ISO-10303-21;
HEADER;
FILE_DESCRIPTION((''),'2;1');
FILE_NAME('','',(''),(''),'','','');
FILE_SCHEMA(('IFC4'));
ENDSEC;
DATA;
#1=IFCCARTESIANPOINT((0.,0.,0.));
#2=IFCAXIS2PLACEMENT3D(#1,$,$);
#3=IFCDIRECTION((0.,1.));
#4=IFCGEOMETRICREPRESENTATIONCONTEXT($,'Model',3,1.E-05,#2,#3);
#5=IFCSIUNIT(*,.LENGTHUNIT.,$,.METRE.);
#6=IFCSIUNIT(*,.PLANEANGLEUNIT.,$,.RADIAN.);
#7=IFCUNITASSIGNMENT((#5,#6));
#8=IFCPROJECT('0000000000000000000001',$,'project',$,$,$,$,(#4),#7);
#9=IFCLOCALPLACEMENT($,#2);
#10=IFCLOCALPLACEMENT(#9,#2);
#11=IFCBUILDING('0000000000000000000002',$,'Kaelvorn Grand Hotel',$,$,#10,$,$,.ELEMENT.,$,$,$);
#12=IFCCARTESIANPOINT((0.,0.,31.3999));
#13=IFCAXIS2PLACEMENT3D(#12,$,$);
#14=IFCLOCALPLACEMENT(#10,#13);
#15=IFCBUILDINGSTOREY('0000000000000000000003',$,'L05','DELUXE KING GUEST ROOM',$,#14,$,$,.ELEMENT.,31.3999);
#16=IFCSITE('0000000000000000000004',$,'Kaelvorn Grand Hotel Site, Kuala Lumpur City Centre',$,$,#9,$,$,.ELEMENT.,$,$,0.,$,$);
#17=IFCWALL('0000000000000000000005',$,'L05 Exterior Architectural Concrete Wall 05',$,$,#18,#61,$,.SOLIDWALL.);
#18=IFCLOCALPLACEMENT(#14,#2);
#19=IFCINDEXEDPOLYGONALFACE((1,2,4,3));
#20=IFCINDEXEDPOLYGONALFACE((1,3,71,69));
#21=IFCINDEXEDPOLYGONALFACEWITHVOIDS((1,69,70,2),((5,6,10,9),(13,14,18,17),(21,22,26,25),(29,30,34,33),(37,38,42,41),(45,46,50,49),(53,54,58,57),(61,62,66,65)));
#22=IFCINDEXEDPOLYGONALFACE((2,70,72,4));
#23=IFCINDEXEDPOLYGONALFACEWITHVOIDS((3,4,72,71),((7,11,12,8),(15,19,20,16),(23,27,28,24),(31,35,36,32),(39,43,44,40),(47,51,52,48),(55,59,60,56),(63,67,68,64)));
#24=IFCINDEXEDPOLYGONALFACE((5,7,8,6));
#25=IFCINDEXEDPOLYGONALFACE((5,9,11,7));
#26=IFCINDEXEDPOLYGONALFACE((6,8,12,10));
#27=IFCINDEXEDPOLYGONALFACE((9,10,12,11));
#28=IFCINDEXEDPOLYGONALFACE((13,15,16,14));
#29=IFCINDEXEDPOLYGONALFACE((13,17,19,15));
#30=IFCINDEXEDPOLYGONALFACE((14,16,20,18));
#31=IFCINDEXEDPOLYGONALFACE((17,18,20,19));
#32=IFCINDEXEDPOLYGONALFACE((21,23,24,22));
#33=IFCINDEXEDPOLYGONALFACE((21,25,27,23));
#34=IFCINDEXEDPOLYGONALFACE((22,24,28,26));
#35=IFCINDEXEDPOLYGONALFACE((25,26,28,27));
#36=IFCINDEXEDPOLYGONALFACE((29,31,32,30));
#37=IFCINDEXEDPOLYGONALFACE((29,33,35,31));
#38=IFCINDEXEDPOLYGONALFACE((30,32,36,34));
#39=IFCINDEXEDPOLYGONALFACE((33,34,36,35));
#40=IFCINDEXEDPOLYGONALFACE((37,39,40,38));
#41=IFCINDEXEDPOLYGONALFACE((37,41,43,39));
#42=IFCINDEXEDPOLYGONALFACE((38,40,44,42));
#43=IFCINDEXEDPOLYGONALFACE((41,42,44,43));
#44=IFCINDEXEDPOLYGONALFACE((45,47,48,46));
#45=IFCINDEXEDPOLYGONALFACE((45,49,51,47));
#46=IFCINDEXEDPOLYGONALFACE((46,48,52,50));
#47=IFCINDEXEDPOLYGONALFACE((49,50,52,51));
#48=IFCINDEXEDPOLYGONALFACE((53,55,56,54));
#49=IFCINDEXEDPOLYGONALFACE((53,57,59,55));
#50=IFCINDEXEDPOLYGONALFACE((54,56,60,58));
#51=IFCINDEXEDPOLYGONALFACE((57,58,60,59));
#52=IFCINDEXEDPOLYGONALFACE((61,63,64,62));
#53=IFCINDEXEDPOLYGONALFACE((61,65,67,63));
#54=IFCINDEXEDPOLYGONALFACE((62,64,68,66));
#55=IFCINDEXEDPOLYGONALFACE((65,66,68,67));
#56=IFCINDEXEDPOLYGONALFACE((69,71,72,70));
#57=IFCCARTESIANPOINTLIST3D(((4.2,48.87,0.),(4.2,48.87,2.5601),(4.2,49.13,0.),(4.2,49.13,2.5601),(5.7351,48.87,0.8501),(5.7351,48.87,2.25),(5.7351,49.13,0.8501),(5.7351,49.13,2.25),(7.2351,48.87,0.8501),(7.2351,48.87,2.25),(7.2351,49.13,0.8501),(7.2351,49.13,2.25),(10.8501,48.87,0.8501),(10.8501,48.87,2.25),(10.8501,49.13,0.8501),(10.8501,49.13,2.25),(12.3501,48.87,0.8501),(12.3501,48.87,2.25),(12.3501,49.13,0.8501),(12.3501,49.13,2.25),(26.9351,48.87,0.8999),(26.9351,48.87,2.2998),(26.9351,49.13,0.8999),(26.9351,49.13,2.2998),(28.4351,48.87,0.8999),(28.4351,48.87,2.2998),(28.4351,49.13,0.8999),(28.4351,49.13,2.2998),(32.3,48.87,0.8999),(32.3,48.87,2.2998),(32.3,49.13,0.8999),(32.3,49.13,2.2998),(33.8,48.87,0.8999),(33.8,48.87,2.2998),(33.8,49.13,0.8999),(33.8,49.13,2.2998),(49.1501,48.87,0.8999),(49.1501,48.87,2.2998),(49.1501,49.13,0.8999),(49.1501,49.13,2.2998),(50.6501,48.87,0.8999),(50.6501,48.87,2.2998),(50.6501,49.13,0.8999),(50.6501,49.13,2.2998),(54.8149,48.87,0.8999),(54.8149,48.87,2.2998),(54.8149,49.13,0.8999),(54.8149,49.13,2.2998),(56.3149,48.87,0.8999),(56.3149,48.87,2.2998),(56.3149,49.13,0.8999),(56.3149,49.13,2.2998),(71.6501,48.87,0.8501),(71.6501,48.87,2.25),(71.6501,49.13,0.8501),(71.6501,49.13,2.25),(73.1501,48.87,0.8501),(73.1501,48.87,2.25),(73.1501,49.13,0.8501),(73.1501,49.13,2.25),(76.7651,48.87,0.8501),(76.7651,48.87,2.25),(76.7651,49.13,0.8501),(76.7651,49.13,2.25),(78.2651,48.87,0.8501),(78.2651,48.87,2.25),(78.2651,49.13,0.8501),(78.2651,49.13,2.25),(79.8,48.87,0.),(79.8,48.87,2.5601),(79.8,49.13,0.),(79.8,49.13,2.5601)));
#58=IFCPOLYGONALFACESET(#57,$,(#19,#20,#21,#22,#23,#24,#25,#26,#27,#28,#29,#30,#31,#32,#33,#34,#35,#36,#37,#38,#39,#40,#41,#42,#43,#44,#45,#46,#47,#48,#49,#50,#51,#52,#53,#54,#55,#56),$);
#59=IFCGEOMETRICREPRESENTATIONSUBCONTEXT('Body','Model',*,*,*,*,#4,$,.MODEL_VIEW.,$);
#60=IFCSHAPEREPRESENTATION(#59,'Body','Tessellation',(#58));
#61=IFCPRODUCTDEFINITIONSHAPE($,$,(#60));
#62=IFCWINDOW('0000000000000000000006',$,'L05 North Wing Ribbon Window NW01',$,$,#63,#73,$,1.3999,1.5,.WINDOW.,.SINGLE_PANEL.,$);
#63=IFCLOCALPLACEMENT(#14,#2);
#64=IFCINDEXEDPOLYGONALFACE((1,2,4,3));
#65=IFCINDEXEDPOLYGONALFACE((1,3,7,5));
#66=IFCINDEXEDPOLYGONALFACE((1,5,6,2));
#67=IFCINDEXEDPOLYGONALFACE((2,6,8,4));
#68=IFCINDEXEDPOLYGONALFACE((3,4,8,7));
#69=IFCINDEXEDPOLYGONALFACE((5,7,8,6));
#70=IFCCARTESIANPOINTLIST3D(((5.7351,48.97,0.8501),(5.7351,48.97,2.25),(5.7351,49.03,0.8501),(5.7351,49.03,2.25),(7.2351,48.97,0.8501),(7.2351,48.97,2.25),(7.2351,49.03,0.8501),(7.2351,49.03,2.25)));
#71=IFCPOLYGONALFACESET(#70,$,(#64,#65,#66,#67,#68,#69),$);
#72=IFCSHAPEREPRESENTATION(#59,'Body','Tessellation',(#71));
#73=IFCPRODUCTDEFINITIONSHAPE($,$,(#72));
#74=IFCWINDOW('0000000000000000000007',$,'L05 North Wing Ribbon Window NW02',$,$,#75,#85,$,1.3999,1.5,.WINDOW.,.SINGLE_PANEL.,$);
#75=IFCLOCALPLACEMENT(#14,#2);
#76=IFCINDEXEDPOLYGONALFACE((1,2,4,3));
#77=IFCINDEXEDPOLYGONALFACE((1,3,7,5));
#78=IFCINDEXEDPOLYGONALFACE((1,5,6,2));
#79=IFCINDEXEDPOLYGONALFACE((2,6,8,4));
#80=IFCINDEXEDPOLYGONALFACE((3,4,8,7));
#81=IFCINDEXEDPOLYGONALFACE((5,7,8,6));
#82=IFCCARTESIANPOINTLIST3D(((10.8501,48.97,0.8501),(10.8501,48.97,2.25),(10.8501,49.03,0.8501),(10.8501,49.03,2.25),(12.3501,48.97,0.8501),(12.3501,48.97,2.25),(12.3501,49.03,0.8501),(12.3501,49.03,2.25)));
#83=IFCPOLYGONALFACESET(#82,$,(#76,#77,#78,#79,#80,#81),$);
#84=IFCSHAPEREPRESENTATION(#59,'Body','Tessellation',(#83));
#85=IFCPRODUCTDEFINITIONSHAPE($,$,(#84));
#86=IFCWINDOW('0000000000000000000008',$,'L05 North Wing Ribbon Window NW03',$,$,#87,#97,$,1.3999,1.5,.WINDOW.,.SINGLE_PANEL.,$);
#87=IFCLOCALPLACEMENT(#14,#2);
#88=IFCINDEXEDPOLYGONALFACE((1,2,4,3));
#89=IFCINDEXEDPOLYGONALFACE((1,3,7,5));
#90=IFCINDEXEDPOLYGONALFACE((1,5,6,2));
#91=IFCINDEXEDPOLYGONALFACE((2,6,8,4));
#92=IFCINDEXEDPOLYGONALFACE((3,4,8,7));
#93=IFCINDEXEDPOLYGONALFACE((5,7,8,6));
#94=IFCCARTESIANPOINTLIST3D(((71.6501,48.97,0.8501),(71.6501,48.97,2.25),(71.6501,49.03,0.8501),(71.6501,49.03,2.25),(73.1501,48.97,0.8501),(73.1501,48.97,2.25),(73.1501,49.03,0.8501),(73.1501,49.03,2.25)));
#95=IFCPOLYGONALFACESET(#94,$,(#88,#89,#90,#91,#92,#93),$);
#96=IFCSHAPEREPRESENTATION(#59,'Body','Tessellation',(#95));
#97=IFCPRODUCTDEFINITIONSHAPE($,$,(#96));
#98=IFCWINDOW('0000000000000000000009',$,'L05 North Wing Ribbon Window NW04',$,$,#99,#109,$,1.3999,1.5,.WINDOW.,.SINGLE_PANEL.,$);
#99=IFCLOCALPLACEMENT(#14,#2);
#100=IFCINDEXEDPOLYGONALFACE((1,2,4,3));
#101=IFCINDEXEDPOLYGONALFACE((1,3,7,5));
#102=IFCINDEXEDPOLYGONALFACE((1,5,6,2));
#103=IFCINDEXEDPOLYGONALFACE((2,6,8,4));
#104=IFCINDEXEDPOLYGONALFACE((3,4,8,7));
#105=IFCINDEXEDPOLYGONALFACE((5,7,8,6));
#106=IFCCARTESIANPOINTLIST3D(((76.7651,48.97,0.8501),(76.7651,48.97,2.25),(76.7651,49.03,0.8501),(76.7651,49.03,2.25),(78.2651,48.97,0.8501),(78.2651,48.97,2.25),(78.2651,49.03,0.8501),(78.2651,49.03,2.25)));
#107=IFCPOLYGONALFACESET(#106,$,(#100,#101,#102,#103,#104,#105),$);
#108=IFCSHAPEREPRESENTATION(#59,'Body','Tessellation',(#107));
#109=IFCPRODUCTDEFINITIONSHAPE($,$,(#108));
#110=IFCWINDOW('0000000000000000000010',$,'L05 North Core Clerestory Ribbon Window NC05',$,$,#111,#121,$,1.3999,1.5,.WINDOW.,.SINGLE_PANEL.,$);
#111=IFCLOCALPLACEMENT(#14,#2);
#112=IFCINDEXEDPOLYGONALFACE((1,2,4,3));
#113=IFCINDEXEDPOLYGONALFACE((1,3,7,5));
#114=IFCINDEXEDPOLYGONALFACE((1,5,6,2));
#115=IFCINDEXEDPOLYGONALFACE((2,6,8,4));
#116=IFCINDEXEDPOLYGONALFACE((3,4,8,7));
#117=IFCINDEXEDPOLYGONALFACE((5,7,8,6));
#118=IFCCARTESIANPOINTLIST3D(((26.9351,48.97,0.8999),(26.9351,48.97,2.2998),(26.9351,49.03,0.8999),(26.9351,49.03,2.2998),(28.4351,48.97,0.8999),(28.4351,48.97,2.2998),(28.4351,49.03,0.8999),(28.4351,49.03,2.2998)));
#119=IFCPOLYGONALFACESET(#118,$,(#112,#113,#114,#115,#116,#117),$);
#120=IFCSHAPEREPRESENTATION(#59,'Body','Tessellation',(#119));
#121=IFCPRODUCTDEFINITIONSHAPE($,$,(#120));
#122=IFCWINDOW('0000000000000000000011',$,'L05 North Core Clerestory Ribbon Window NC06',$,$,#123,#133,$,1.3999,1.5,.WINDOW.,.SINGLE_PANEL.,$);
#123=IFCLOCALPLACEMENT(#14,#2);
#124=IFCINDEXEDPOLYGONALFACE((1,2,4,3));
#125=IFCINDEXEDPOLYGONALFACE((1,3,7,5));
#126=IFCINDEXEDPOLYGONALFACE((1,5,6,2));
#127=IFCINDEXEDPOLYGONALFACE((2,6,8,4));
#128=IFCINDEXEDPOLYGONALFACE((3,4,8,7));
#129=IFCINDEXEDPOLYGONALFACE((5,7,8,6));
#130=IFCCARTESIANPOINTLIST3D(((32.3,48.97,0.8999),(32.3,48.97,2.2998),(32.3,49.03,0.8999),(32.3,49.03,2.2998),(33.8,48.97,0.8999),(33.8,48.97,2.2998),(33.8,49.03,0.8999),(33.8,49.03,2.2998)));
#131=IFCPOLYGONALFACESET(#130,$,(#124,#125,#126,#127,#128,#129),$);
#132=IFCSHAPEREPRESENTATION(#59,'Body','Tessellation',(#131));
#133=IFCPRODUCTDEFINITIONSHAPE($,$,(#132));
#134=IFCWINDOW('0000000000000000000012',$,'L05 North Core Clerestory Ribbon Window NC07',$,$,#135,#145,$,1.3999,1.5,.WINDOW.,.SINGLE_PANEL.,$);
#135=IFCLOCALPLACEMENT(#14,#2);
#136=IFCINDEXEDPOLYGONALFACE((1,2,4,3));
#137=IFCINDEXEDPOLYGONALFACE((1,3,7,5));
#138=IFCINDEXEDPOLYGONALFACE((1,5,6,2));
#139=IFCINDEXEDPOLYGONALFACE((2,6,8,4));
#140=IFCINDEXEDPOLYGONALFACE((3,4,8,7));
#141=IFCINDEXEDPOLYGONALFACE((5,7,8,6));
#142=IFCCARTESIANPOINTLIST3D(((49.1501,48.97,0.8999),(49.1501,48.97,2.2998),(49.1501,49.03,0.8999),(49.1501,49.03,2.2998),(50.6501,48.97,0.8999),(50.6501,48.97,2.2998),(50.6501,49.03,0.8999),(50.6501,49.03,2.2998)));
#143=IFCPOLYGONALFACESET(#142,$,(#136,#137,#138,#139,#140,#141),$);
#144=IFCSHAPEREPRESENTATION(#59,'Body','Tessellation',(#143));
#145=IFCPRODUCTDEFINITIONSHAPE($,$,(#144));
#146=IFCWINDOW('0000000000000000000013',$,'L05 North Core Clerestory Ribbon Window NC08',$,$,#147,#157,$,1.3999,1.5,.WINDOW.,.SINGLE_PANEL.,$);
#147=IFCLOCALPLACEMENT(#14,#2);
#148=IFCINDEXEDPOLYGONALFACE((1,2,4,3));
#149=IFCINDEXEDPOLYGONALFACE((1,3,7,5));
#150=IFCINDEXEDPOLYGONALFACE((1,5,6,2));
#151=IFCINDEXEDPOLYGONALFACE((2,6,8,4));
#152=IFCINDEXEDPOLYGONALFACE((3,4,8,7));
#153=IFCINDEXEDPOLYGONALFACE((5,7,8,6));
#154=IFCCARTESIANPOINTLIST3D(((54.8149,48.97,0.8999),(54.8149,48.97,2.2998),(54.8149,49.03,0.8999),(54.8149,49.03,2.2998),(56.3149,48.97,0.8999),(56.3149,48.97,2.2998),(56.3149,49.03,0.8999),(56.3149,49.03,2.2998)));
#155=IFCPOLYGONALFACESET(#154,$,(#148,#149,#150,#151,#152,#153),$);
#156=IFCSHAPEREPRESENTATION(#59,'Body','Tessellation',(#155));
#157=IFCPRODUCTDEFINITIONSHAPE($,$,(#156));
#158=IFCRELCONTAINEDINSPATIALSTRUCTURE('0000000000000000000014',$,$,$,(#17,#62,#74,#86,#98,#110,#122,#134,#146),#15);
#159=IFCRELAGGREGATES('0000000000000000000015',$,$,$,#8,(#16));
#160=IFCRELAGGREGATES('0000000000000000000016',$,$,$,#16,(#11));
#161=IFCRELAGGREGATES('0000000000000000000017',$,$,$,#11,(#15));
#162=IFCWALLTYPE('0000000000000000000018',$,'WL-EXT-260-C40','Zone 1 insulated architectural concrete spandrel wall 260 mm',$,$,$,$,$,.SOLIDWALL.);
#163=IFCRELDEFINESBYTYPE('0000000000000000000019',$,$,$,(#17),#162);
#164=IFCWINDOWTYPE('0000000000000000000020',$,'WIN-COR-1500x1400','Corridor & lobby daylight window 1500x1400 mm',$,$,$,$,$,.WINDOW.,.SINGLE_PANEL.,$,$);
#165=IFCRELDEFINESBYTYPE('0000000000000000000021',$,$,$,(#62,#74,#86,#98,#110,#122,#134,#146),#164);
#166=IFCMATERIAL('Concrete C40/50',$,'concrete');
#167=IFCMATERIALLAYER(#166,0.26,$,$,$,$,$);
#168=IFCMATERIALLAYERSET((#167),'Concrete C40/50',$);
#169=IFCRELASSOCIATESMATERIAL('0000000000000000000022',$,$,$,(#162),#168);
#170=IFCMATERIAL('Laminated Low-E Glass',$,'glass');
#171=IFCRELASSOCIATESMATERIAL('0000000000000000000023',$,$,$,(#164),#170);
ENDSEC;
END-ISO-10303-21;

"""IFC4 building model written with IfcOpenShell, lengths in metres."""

from ifc_helpers import new_model, si_unit, direction, frame, frame_2d, origin, place, context, subcontext, project, spatial, rectangle, extrude, material, layer, layer_set, type_object, element, fill, save


model = new_model("IFC4")

# Units and contexts
model_context = context("Model", 3, precision=1e-05, world=origin(), true_north=direction((0.0, 1.0)))
body_context = subcontext(model_context, "Body", "Model", "MODEL_VIEW")
ifc_project = project(units=[si_unit("LENGTHUNIT", "METRE"), si_unit("PLANEANGLEUNIT", "RADIAN")], contexts=[model_context])

# Site, building, storey
site_placement = place(None, origin())
site = spatial("IfcSite", under=ifc_project, at=site_placement, Name="Kaelvorn Grand Hotel Site, Kuala Lumpur City Centre", CompositionType="ELEMENT", RefElevation=0.0)
building_placement = place(site_placement, origin())
building = spatial("IfcBuilding", under=site, at=building_placement, Name="Kaelvorn Grand Hotel", CompositionType="ELEMENT")
storey_placement = place(building_placement, frame((0.0, 0.0, 31.3999)))
storey = spatial("IfcBuildingStorey", under=building, at=storey_placement, Name="L05", Description="DELUXE KING GUEST ROOM", CompositionType="ELEMENT", Elevation=31.3999)

# Shared definitions
ifc_material_1 = material(Name="Concrete C40/50", Category="concrete")
ifc_layer_1 = layer(ifc_material_1, 0.26)
ifc_layer_set_1 = layer_set([ifc_layer_1], Name="Concrete C40/50")
wall_type_1 = type_object("IfcWallType", Name="WL-EXT-260-C40", Description="Zone 1 insulated architectural concrete spandrel wall 260 mm", PredefinedType="SOLIDWALL", material=ifc_layer_set_1)

# Wall, openings, windows
wall_1_placement = place(storey_placement, frame((79.8, 49.0, 0.0), z_axis=(0.0, 0.0, 1.0), x_axis=(-1.0, 0.0, 0.0)))
wall_1 = element("IfcWall", 1, at=wall_1_placement, inside=storey, type_object=wall_type_1, Name="L05 Exterior Architectural Concrete Wall 05", PredefinedType="SOLIDWALL", context=body_context, shape_type="SweptSolid", body=[
    extrude(rectangle(XDim=75.6001, YDim=0.26, at=frame_2d((37.8, 0.0))), origin(), (0.0, 0.0, 1.0), 2.5601),
])
opening_1_placement = place(wall_1_placement, frame((72.5649, 0.0, 0.8501)))
opening_1 = element("IfcOpeningElement", 2, at=opening_1_placement, cuts=wall_1, PredefinedType="OPENING", context=body_context, shape_type="SweptSolid", body=[
    extrude(rectangle(XDim=1.5, YDim=1.3999, at=frame_2d((0.75, 0.7))), frame((0.0, 0.1401, 0.0), z_axis=(0.0, -1.0, 0.0), x_axis=(1.0, 0.0, 0.0)), (0.0, 0.0, 1.0), 0.28),
])
opening_2_placement = place(wall_1_placement, frame((67.45, 0.0, 0.8501)))
opening_2 = element("IfcOpeningElement", 3, at=opening_2_placement, cuts=wall_1, PredefinedType="OPENING", context=body_context, shape_type="SweptSolid", body=[
    extrude(rectangle(XDim=1.5, YDim=1.3999, at=frame_2d((0.75, 0.7))), frame((0.0, 0.1401, 0.0), z_axis=(0.0, -1.0, 0.0), x_axis=(1.0, 0.0, 0.0)), (0.0, 0.0, 1.0), 0.28),
])
opening_3_placement = place(wall_1_placement, frame((6.6499, 0.0, 0.8501)))
opening_3 = element("IfcOpeningElement", 4, at=opening_3_placement, cuts=wall_1, PredefinedType="OPENING", context=body_context, shape_type="SweptSolid", body=[
    extrude(rectangle(XDim=1.5, YDim=1.3999, at=frame_2d((0.75, 0.7))), frame((0.0, 0.1401, 0.0), z_axis=(0.0, -1.0, 0.0), x_axis=(1.0, 0.0, 0.0)), (0.0, 0.0, 1.0), 0.28),
])
opening_4_placement = place(wall_1_placement, frame((1.5349, 0.0, 0.8501)))
opening_4 = element("IfcOpeningElement", 5, at=opening_4_placement, cuts=wall_1, PredefinedType="OPENING", context=body_context, shape_type="SweptSolid", body=[
    extrude(rectangle(XDim=1.5, YDim=1.3999, at=frame_2d((0.75, 0.7))), frame((0.0, 0.1401, 0.0), z_axis=(0.0, -1.0, 0.0), x_axis=(1.0, 0.0, 0.0)), (0.0, 0.0, 1.0), 0.28),
])
opening_5_placement = place(wall_1_placement, frame((51.365, 0.0, 0.8999)))
opening_5 = element("IfcOpeningElement", 6, at=opening_5_placement, cuts=wall_1, PredefinedType="OPENING", context=body_context, shape_type="SweptSolid", body=[
    extrude(rectangle(XDim=1.5, YDim=1.3999, at=frame_2d((0.75, 0.7))), frame((0.0, 0.1401, 0.0), z_axis=(0.0, -1.0, 0.0), x_axis=(1.0, 0.0, 0.0)), (0.0, 0.0, 1.0), 0.28),
])
opening_6_placement = place(wall_1_placement, frame((46.0, 0.0, 0.8999)))
opening_6 = element("IfcOpeningElement", 7, at=opening_6_placement, cuts=wall_1, PredefinedType="OPENING", context=body_context, shape_type="SweptSolid", body=[
    extrude(rectangle(XDim=1.5, YDim=1.3999, at=frame_2d((0.75, 0.7))), frame((0.0, 0.1401, 0.0), z_axis=(0.0, -1.0, 0.0), x_axis=(1.0, 0.0, 0.0)), (0.0, 0.0, 1.0), 0.28),
])
opening_7_placement = place(wall_1_placement, frame((29.1499, 0.0, 0.8999)))
opening_7 = element("IfcOpeningElement", 8, at=opening_7_placement, cuts=wall_1, PredefinedType="OPENING", context=body_context, shape_type="SweptSolid", body=[
    extrude(rectangle(XDim=1.5, YDim=1.3999, at=frame_2d((0.75, 0.7))), frame((0.0, 0.1401, 0.0), z_axis=(0.0, -1.0, 0.0), x_axis=(1.0, 0.0, 0.0)), (0.0, 0.0, 1.0), 0.28),
])
opening_8_placement = place(wall_1_placement, frame((23.4851, 0.0, 0.8999)))
opening_8 = element("IfcOpeningElement", 9, at=opening_8_placement, cuts=wall_1, PredefinedType="OPENING", context=body_context, shape_type="SweptSolid", body=[
    extrude(rectangle(XDim=1.5, YDim=1.3999, at=frame_2d((0.75, 0.7))), frame((0.0, 0.1401, 0.0), z_axis=(0.0, -1.0, 0.0), x_axis=(1.0, 0.0, 0.0)), (0.0, 0.0, 1.0), 0.28),
])
ifc_material_2 = material(Name="Laminated Low-E Glass", Category="glass")
window_type = type_object("IfcWindowType", Name="WIN-COR-1500x1400", Description="Corridor & lobby daylight window 1500x1400 mm", PartitioningType="SINGLE_PANEL", PredefinedType="WINDOW", material=ifc_material_2)
window_1_placement = place(opening_1_placement, origin())
window_1 = element("IfcWindow", 10, at=window_1_placement, inside=storey, type_object=window_type, Name="L05 North Wing Ribbon Window NW01", OverallHeight=1.3999, OverallWidth=1.5, PartitioningType="SINGLE_PANEL", PredefinedType="WINDOW", context=body_context, shape_type="SweptSolid", body=[
    extrude(rectangle(XDim=1.5, YDim=1.3999, at=frame_2d((0.75, 0.7))), frame((0.0, 0.03, 0.0), z_axis=(0.0, -1.0, 0.0), x_axis=(1.0, 0.0, 0.0)), (0.0, 0.0, 1.0), 0.0601),
])
fill(opening_1, window_1)
window_2_placement = place(opening_2_placement, origin())
window_2 = element("IfcWindow", 11, at=window_2_placement, inside=storey, type_object=window_type, Name="L05 North Wing Ribbon Window NW02", OverallHeight=1.3999, OverallWidth=1.5, PartitioningType="SINGLE_PANEL", PredefinedType="WINDOW", context=body_context, shape_type="SweptSolid", body=[
    extrude(rectangle(XDim=1.5, YDim=1.3999, at=frame_2d((0.75, 0.7))), frame((0.0, 0.03, 0.0), z_axis=(0.0, -1.0, 0.0), x_axis=(1.0, 0.0, 0.0)), (0.0, 0.0, 1.0), 0.0601),
])
fill(opening_2, window_2)
window_3_placement = place(opening_3_placement, origin())
window_3 = element("IfcWindow", 12, at=window_3_placement, inside=storey, type_object=window_type, Name="L05 North Wing Ribbon Window NW03", OverallHeight=1.3999, OverallWidth=1.5, PartitioningType="SINGLE_PANEL", PredefinedType="WINDOW", context=body_context, shape_type="SweptSolid", body=[
    extrude(rectangle(XDim=1.5, YDim=1.3999, at=frame_2d((0.75, 0.7))), frame((0.0, 0.03, 0.0), z_axis=(0.0, -1.0, 0.0), x_axis=(1.0, 0.0, 0.0)), (0.0, 0.0, 1.0), 0.0601),
])
fill(opening_3, window_3)
window_4_placement = place(opening_4_placement, origin())
window_4 = element("IfcWindow", 13, at=window_4_placement, inside=storey, type_object=window_type, Name="L05 North Wing Ribbon Window NW04", OverallHeight=1.3999, OverallWidth=1.5, PartitioningType="SINGLE_PANEL", PredefinedType="WINDOW", context=body_context, shape_type="SweptSolid", body=[
    extrude(rectangle(XDim=1.5, YDim=1.3999, at=frame_2d((0.75, 0.7))), frame((0.0, 0.03, 0.0), z_axis=(0.0, -1.0, 0.0), x_axis=(1.0, 0.0, 0.0)), (0.0, 0.0, 1.0), 0.0601),
])
fill(opening_4, window_4)
window_5_placement = place(opening_5_placement, origin())
window_5 = element("IfcWindow", 14, at=window_5_placement, inside=storey, type_object=window_type, Name="L05 North Core Clerestory Ribbon Window NC05", OverallHeight=1.3999, OverallWidth=1.5, PartitioningType="SINGLE_PANEL", PredefinedType="WINDOW", context=body_context, shape_type="SweptSolid", body=[
    extrude(rectangle(XDim=1.5, YDim=1.3999, at=frame_2d((0.75, 0.7))), frame((0.0, 0.03, 0.0), z_axis=(0.0, -1.0, 0.0), x_axis=(1.0, 0.0, 0.0)), (0.0, 0.0, 1.0), 0.0601),
])
fill(opening_5, window_5)
window_6_placement = place(opening_6_placement, origin())
window_6 = element("IfcWindow", 15, at=window_6_placement, inside=storey, type_object=window_type, Name="L05 North Core Clerestory Ribbon Window NC06", OverallHeight=1.3999, OverallWidth=1.5, PartitioningType="SINGLE_PANEL", PredefinedType="WINDOW", context=body_context, shape_type="SweptSolid", body=[
    extrude(rectangle(XDim=1.5, YDim=1.3999, at=frame_2d((0.75, 0.7))), frame((0.0, 0.03, 0.0), z_axis=(0.0, -1.0, 0.0), x_axis=(1.0, 0.0, 0.0)), (0.0, 0.0, 1.0), 0.0601),
])
fill(opening_6, window_6)
window_7_placement = place(opening_7_placement, origin())
window_7 = element("IfcWindow", 16, at=window_7_placement, inside=storey, type_object=window_type, Name="L05 North Core Clerestory Ribbon Window NC07", OverallHeight=1.3999, OverallWidth=1.5, PartitioningType="SINGLE_PANEL", PredefinedType="WINDOW", context=body_context, shape_type="SweptSolid", body=[
    extrude(rectangle(XDim=1.5, YDim=1.3999, at=frame_2d((0.75, 0.7))), frame((0.0, 0.03, 0.0), z_axis=(0.0, -1.0, 0.0), x_axis=(1.0, 0.0, 0.0)), (0.0, 0.0, 1.0), 0.0601),
])
fill(opening_7, window_7)
window_8_placement = place(opening_8_placement, origin())
window_8 = element("IfcWindow", 17, at=window_8_placement, inside=storey, type_object=window_type, Name="L05 North Core Clerestory Ribbon Window NC08", OverallHeight=1.3999, OverallWidth=1.5, PartitioningType="SINGLE_PANEL", PredefinedType="WINDOW", context=body_context, shape_type="SweptSolid", body=[
    extrude(rectangle(XDim=1.5, YDim=1.3999, at=frame_2d((0.75, 0.7))), frame((0.0, 0.03, 0.0), z_axis=(0.0, -1.0, 0.0), x_axis=(1.0, 0.0, 0.0)), (0.0, 0.0, 1.0), 0.0601),
])
fill(opening_8, window_8)

save(model, "model.ifc")
